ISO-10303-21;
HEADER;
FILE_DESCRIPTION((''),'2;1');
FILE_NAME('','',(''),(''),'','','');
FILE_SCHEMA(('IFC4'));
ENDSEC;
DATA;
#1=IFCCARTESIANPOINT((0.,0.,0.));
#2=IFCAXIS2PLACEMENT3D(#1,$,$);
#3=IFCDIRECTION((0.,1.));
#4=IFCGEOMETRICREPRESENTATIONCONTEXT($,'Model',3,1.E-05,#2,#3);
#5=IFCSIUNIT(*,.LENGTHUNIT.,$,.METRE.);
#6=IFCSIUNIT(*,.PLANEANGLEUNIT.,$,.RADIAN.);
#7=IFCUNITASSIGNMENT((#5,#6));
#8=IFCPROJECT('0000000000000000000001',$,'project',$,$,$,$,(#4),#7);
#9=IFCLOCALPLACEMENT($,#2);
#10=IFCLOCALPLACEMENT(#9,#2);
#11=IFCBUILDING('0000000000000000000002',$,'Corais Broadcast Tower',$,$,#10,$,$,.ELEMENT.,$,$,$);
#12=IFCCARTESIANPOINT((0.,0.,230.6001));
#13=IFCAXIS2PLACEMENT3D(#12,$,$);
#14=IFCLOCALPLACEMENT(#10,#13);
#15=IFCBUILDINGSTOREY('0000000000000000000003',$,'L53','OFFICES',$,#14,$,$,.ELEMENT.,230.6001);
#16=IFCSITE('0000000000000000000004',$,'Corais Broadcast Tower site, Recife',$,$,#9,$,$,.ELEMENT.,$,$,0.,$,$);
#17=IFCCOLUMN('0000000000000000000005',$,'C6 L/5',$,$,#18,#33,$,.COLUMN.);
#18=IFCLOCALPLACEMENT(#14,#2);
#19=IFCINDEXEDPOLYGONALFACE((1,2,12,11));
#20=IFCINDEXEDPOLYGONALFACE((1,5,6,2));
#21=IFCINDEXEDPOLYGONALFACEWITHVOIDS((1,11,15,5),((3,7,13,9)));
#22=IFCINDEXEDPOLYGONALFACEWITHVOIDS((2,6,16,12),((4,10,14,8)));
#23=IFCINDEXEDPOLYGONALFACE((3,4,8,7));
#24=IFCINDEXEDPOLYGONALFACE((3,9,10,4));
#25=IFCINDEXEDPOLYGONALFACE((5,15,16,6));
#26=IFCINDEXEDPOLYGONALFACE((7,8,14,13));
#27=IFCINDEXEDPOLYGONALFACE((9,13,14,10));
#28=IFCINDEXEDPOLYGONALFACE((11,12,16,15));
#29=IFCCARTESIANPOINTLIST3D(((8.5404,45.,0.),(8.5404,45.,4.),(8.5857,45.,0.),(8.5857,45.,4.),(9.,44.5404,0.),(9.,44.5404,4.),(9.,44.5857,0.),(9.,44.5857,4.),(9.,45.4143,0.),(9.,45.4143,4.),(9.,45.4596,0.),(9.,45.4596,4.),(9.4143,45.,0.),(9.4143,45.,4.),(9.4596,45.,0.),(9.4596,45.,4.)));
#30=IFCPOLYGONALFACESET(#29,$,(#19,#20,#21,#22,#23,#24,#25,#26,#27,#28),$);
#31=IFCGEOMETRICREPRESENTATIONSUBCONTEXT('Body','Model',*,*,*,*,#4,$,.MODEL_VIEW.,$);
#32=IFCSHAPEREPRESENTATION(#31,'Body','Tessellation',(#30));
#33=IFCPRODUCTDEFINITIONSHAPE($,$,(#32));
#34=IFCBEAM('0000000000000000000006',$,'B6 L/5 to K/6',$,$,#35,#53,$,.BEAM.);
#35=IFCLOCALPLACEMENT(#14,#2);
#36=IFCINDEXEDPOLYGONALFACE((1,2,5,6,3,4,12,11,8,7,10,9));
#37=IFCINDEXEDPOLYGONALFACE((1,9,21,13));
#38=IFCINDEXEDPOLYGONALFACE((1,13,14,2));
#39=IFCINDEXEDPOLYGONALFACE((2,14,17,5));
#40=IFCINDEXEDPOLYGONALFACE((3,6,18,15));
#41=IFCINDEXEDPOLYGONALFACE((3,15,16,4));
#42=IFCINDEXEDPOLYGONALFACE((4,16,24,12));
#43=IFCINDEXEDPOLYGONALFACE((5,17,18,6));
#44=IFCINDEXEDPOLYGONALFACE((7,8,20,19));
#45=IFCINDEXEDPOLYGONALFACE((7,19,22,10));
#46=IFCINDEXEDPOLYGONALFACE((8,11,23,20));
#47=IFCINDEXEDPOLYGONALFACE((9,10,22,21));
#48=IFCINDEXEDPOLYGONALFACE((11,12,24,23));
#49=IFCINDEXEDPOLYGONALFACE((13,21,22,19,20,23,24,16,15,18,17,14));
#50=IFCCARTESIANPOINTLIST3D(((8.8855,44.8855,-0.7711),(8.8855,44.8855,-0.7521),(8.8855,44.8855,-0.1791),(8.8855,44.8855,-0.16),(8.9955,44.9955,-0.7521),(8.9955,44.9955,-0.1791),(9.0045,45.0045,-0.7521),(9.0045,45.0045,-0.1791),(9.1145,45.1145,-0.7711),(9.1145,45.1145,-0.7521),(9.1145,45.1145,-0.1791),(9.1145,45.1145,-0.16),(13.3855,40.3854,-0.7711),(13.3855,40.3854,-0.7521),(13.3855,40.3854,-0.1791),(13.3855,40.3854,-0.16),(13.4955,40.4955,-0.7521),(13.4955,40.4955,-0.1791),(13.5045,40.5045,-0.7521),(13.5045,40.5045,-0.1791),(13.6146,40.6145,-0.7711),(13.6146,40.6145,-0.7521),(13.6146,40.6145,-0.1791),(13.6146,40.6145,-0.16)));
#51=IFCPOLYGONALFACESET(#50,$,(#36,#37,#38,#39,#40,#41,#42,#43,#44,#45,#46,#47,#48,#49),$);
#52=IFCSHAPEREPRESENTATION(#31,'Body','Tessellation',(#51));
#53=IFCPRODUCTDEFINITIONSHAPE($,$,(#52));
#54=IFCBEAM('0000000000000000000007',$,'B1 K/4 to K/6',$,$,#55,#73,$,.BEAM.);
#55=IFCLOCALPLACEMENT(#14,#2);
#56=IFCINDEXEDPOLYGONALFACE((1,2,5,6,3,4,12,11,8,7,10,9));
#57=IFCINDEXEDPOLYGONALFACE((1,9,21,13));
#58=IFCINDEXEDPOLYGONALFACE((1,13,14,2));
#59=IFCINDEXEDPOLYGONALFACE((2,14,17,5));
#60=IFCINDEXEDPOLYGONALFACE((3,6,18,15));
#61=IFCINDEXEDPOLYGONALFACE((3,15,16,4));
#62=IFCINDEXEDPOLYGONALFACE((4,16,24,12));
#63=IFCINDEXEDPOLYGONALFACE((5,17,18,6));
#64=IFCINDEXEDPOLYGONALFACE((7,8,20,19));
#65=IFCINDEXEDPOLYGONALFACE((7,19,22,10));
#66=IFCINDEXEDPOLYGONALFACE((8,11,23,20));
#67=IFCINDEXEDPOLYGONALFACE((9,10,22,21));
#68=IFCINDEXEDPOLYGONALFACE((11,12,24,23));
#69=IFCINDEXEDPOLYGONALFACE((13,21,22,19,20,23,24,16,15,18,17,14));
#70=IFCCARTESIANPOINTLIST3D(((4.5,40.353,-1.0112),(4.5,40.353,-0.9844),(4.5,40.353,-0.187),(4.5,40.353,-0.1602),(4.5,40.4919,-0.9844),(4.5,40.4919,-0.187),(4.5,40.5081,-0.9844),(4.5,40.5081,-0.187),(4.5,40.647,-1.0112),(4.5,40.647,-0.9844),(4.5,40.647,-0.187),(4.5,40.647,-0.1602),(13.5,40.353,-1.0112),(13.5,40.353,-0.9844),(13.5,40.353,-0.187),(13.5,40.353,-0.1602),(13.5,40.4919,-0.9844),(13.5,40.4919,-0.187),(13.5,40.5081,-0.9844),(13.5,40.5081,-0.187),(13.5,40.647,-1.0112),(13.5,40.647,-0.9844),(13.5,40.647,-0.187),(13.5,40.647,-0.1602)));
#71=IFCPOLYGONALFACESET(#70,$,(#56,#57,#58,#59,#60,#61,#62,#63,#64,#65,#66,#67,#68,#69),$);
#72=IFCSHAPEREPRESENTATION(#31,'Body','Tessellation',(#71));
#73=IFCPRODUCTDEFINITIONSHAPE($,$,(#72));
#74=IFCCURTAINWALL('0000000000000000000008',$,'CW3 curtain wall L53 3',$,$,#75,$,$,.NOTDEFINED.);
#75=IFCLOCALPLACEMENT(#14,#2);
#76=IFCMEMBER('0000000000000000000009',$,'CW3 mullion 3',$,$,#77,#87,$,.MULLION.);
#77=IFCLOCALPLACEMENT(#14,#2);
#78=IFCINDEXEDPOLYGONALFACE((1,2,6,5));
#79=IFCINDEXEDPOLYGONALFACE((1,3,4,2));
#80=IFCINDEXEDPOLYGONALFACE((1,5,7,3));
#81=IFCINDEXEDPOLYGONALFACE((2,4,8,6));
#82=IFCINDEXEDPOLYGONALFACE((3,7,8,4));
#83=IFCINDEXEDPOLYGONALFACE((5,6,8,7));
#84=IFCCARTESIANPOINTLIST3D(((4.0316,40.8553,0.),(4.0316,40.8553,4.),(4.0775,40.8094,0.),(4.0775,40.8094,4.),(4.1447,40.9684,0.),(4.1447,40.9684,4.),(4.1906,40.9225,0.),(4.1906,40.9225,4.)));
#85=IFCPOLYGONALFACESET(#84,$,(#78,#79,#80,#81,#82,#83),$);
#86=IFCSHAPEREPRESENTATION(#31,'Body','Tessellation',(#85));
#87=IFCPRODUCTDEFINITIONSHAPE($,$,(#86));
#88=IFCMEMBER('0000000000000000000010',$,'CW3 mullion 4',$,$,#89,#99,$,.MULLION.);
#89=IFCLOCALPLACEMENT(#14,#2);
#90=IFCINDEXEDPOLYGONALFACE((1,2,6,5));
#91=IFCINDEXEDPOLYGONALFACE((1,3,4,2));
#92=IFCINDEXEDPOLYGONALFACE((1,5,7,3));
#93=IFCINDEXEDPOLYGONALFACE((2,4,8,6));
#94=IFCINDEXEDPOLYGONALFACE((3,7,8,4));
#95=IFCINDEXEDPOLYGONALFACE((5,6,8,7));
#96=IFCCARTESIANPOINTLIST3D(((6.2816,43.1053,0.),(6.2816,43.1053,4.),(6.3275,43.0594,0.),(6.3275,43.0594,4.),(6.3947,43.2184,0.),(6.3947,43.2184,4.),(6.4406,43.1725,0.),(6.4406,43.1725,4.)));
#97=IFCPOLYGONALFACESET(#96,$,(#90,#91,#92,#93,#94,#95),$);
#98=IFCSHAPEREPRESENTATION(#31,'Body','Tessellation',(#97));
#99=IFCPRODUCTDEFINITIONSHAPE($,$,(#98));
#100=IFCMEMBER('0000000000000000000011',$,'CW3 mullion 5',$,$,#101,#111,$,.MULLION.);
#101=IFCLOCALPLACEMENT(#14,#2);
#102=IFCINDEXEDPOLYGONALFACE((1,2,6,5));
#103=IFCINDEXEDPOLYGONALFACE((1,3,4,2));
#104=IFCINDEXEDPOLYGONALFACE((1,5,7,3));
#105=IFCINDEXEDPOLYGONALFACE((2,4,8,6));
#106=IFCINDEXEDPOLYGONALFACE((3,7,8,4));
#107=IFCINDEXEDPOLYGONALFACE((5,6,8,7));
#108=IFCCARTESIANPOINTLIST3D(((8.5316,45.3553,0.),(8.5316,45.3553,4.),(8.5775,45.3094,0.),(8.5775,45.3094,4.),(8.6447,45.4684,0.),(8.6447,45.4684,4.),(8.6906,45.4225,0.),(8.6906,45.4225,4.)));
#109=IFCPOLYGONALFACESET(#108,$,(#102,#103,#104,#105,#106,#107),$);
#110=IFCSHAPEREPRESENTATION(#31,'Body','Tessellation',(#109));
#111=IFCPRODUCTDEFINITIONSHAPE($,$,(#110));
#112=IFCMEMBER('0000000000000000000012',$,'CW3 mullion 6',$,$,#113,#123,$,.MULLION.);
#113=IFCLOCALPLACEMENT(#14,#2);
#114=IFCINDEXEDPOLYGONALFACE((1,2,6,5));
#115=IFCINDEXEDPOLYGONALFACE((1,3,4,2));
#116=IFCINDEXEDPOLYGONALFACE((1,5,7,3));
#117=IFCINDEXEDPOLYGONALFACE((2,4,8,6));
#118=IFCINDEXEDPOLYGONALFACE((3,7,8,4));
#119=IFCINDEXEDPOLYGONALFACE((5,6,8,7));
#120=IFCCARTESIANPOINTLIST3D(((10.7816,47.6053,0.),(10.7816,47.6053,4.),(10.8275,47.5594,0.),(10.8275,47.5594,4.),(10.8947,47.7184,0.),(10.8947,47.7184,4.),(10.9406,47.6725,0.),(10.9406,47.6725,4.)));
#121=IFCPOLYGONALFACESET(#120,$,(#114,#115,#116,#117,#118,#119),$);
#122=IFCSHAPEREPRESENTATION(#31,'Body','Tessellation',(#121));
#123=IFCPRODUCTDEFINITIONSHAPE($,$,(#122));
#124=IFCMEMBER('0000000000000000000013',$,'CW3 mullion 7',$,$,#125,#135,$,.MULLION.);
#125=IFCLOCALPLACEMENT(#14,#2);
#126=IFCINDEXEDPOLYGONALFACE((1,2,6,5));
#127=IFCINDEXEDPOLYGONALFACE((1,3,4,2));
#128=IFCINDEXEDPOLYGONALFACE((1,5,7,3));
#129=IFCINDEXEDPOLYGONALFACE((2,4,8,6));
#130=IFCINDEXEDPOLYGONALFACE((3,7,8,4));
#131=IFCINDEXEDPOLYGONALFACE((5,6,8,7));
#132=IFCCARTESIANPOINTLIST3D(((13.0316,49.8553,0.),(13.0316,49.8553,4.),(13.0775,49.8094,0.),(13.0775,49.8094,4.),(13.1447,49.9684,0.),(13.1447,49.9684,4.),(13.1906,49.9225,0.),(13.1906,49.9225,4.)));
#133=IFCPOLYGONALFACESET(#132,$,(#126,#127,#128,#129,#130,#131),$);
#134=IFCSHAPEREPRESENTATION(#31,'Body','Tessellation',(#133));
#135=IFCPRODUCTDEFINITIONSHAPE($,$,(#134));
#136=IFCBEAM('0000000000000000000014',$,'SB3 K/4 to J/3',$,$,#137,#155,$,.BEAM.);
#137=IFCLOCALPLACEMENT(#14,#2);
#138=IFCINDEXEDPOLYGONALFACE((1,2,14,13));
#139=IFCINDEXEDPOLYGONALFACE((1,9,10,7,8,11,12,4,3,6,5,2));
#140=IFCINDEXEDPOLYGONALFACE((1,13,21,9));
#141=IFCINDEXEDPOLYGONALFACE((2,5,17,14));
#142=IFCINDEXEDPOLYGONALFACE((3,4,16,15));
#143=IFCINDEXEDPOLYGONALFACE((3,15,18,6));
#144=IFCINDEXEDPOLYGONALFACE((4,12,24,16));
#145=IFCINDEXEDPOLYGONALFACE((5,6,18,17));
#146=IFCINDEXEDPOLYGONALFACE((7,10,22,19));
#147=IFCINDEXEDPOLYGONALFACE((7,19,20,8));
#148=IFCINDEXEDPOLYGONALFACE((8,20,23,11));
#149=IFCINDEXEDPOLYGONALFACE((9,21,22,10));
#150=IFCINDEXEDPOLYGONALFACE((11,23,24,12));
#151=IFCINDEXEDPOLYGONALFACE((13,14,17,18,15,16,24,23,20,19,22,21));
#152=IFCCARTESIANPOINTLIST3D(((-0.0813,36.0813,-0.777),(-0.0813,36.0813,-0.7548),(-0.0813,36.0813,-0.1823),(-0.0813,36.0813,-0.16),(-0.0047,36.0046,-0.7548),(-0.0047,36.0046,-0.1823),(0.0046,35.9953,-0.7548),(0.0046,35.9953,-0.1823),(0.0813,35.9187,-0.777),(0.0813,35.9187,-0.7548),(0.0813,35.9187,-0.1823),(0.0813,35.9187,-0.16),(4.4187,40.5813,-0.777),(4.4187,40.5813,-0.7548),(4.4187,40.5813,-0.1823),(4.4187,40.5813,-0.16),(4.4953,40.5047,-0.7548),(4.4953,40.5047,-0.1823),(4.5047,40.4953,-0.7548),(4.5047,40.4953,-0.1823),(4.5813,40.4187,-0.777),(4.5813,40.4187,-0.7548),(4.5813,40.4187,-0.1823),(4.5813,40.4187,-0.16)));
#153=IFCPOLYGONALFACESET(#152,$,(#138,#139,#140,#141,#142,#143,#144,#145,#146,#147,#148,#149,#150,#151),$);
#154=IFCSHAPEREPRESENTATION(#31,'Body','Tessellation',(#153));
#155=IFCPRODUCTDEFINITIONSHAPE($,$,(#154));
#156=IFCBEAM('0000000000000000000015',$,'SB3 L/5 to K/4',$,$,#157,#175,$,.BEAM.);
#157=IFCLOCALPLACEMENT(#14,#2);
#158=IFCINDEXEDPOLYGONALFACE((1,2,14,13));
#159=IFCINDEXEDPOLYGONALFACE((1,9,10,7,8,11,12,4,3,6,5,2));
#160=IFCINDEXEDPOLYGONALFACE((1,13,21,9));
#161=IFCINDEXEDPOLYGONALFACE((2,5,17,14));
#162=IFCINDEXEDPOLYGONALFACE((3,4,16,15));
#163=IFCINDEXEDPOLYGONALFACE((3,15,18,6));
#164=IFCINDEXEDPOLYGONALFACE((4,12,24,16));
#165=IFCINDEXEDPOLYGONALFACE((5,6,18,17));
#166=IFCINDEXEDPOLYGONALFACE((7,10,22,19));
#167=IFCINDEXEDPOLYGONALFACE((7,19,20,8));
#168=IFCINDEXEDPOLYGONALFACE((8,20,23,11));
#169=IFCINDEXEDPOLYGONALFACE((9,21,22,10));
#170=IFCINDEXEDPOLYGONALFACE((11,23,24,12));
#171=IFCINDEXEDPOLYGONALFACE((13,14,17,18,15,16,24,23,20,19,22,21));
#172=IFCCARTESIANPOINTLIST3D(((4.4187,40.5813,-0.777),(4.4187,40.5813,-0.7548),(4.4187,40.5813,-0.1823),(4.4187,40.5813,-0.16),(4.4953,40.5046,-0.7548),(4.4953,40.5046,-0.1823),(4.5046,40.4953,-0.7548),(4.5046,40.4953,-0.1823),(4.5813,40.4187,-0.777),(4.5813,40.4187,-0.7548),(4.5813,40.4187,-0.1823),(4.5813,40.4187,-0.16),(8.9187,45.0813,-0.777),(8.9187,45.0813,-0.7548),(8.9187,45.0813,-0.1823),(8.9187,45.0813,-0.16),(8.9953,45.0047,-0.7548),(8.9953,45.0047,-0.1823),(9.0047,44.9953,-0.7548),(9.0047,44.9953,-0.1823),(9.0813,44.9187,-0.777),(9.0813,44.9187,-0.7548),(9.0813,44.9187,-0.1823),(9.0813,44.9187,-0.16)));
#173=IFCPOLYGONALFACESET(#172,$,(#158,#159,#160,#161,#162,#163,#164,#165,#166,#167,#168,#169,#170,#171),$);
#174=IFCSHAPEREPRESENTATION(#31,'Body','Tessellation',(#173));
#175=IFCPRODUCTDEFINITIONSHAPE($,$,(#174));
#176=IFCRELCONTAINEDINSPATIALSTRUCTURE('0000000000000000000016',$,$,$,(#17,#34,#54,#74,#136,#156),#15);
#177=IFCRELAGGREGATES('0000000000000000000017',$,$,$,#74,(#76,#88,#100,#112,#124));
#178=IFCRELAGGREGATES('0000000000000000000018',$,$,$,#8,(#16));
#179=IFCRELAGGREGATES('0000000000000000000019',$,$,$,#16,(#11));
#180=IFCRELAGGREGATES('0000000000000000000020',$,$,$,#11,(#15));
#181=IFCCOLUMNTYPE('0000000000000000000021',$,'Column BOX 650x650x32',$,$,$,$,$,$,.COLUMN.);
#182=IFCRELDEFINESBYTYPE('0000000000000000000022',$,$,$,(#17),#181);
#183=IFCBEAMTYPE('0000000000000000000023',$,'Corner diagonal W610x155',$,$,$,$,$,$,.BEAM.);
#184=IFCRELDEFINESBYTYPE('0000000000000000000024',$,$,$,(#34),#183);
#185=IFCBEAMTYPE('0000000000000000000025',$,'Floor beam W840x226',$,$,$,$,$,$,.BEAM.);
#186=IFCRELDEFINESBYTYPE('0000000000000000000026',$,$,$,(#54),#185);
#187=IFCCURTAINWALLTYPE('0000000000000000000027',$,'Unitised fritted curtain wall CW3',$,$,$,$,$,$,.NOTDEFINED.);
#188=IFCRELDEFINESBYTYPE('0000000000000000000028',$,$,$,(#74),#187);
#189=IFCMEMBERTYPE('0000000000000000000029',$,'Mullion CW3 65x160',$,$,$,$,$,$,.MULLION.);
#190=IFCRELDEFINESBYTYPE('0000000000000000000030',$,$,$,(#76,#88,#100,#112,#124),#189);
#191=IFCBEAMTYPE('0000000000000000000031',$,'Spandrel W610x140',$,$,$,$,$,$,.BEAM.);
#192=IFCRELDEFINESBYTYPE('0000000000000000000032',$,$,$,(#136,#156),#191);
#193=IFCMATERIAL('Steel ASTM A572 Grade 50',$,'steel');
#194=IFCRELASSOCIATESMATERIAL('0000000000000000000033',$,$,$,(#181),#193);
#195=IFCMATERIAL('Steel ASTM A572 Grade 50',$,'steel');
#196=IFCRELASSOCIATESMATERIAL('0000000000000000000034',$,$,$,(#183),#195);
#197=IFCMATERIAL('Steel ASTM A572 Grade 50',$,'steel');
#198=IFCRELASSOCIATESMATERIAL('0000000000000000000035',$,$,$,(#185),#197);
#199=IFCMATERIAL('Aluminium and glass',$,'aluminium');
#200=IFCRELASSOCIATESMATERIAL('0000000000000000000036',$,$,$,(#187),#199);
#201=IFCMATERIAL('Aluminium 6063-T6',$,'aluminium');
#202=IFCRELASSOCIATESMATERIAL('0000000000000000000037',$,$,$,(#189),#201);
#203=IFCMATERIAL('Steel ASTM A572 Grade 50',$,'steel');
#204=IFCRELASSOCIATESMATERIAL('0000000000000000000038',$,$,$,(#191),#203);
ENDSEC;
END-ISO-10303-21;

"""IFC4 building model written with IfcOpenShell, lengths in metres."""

from ifc_helpers import new_model, si_unit, direction, frame, origin, origin_2d, place, context, subcontext, project, spatial, rectangle, hollow_rectangle, i_section, extrude, material, material_profile, profile_set, type_object, element, aggregate, save


model = new_model("IFC4")

# Units and contexts
model_context = context("Model", 3, precision=1e-05, world=origin(), true_north=direction((0.0, 1.0)))
body_context = subcontext(model_context, "Body", "Model", "MODEL_VIEW")
ifc_project = project(units=[si_unit("LENGTHUNIT", "METRE"), si_unit("PLANEANGLEUNIT", "RADIAN")], contexts=[model_context])

# Site, building, storey
site_placement = place(None, origin())
site = spatial("IfcSite", under=ifc_project, at=site_placement, Name="Corais Broadcast Tower site, Recife", CompositionType="ELEMENT", RefElevation=0.0)
building_placement = place(site_placement, origin())
building = spatial("IfcBuilding", under=site, at=building_placement, Name="Corais Broadcast Tower", CompositionType="ELEMENT")
storey_placement = place(building_placement, frame((0.0, 0.0, 230.6001)))
storey = spatial("IfcBuildingStorey", under=building, at=storey_placement, Name="L53", Description="OFFICES", CompositionType="ELEMENT", Elevation=230.6001)

# Column
ifc_material_1 = material(Name="Steel ASTM A572 Grade 50", Category="steel")
ifc_material_profile_1 = material_profile(ifc_material_1, hollow_rectangle(XDim=0.6499, YDim=0.6499, WallThickness=0.032, at=origin_2d()), Name="BOX 650x650x32")
ifc_profile_set_1 = profile_set([ifc_material_profile_1], Name="Steel ASTM A572 Grade 50")
column_type = type_object("IfcColumnType", Name="Column BOX 650x650x32", PredefinedType="COLUMN", material=ifc_profile_set_1)
column_placement = place(storey_placement, frame((9.0, 45.0, 0.0), z_axis=(0.0, 0.0, 1.0), x_axis=(0.707107, 0.707107, 0.0)))
element("IfcColumn", 1, at=column_placement, inside=storey, type_object=column_type, Name="C6 L/5", PredefinedType="COLUMN", context=body_context, shape_type="SweptSolid", body=[
    extrude(hollow_rectangle(XDim=0.6499, YDim=0.6499, WallThickness=0.032, at=origin_2d()), origin(), (0.0, 0.0, 1.0), 4.0),
])

# Beams
ifc_material_2 = material(Name="Steel ASTM A572 Grade 50", Category="steel")
ifc_material_profile_2 = material_profile(ifc_material_2, i_section(OverallWidth=0.324, OverallDepth=0.6111, WebThickness=0.0127, FlangeThickness=0.019, at=origin_2d()), Name="W610x155")
ifc_profile_set_2 = profile_set([ifc_material_profile_2], Name="Steel ASTM A572 Grade 50")
beam_type_1 = type_object("IfcBeamType", Name="Corner diagonal W610x155", PredefinedType="BEAM", material=ifc_profile_set_2)
beam_1_placement = place(storey_placement, frame((9.0, 45.0, -0.4656), z_axis=(0.707107, -0.707107, 0.0), x_axis=(0.707107, 0.707107, 0.0)))
element("IfcBeam", 2, at=beam_1_placement, inside=storey, type_object=beam_type_1, Name="B6 L/5 to K/6", PredefinedType="BEAM", context=body_context, shape_type="SweptSolid", body=[
    extrude(i_section(OverallWidth=0.324, OverallDepth=0.6111, WebThickness=0.0127, FlangeThickness=0.019, at=origin_2d()), origin(), (0.0, 0.0, 1.0), 6.364),
])
ifc_material_3 = material(Name="Steel ASTM A572 Grade 50", Category="steel")
ifc_material_profile_3 = material_profile(ifc_material_3, i_section(OverallWidth=0.2939, OverallDepth=0.8511, WebThickness=0.0161, FlangeThickness=0.0269, at=origin_2d()), Name="W840x226")
ifc_profile_set_3 = profile_set([ifc_material_profile_3], Name="Steel ASTM A572 Grade 50")
beam_type_2 = type_object("IfcBeamType", Name="Floor beam W840x226", PredefinedType="BEAM", material=ifc_profile_set_3)
beam_2_placement = place(storey_placement, frame((4.5, 40.5, -0.5857), z_axis=(1.0, 0.0, 0.0), x_axis=(0.0, 1.0, 0.0)))
element("IfcBeam", 3, at=beam_2_placement, inside=storey, type_object=beam_type_2, Name="B1 K/4 to K/6", PredefinedType="BEAM", context=body_context, shape_type="SweptSolid", body=[
    extrude(i_section(OverallWidth=0.2939, OverallDepth=0.8511, WebThickness=0.0161, FlangeThickness=0.0269, at=origin_2d()), origin(), (0.0, 0.0, 1.0), 9.0),
])

# Curtain wall, members
ifc_material_4 = material(Name="Aluminium and glass", Category="aluminium")
curtain_wall_type = type_object("IfcCurtainWallType", Name="Unitised fritted curtain wall CW3", PredefinedType="NOTDEFINED", material=ifc_material_4)
curtain_wall_placement = place(storey_placement, origin())
curtain_wall = element("IfcCurtainWall", 4, at=curtain_wall_placement, inside=storey, type_object=curtain_wall_type, Name="CW3 curtain wall L53 3", PredefinedType="NOTDEFINED")
ifc_material_5 = material(Name="Aluminium 6063-T6", Category="aluminium")
ifc_material_profile_4 = material_profile(ifc_material_5, rectangle(XDim=0.0649, YDim=0.1599, at=origin_2d()), Name="Mullion CW3 65x160")
ifc_profile_set_4 = profile_set([ifc_material_profile_4], Name="Aluminium 6063-T6")
member_type_1 = type_object("IfcMemberType", Name="Mullion CW3 65x160", PredefinedType="MULLION", material=ifc_profile_set_4)
member_1_placement = place(storey_placement, frame((4.1111, 40.8889, 0.0), z_axis=(0.0, 0.0, 1.0), x_axis=(-0.707107, 0.707107, 0.0)))
member_1 = element("IfcMember", 5, at=member_1_placement, type_object=member_type_1, Name="CW3 mullion 3", PredefinedType="MULLION", context=body_context, shape_type="SweptSolid", body=[
    extrude(rectangle(XDim=0.0649, YDim=0.1599, at=origin_2d()), origin(), (0.0, 0.0, 1.0), 4.0),
])
member_2_placement = place(storey_placement, frame((6.3611, 43.1389, 0.0), z_axis=(0.0, 0.0, 1.0), x_axis=(-0.707107, 0.707107, 0.0)))
member_2 = element("IfcMember", 6, at=member_2_placement, type_object=member_type_1, Name="CW3 mullion 4", PredefinedType="MULLION", context=body_context, shape_type="SweptSolid", body=[
    extrude(rectangle(XDim=0.0649, YDim=0.1599, at=origin_2d()), origin(), (0.0, 0.0, 1.0), 4.0),
])
member_3_placement = place(storey_placement, frame((8.6111, 45.3889, 0.0), z_axis=(0.0, 0.0, 1.0), x_axis=(-0.707107, 0.707107, 0.0)))
member_3 = element("IfcMember", 7, at=member_3_placement, type_object=member_type_1, Name="CW3 mullion 5", PredefinedType="MULLION", context=body_context, shape_type="SweptSolid", body=[
    extrude(rectangle(XDim=0.0649, YDim=0.1599, at=origin_2d()), origin(), (0.0, 0.0, 1.0), 4.0),
])
member_4_placement = place(storey_placement, frame((10.8611, 47.6389, 0.0), z_axis=(0.0, 0.0, 1.0), x_axis=(-0.707107, 0.707107, 0.0)))
member_4 = element("IfcMember", 8, at=member_4_placement, type_object=member_type_1, Name="CW3 mullion 6", PredefinedType="MULLION", context=body_context, shape_type="SweptSolid", body=[
    extrude(rectangle(XDim=0.0649, YDim=0.1599, at=origin_2d()), origin(), (0.0, 0.0, 1.0), 4.0),
])
member_5_placement = place(storey_placement, frame((13.1111, 49.8889, 0.0), z_axis=(0.0, 0.0, 1.0), x_axis=(-0.707107, 0.707107, 0.0)))
member_5 = element("IfcMember", 9, at=member_5_placement, type_object=member_type_1, Name="CW3 mullion 7", PredefinedType="MULLION", context=body_context, shape_type="SweptSolid", body=[
    extrude(rectangle(XDim=0.0649, YDim=0.1599, at=origin_2d()), origin(), (0.0, 0.0, 1.0), 4.0),
])

# Beams
ifc_material_6 = material(Name="Steel ASTM A572 Grade 50", Category="steel")
ifc_material_profile_5 = material_profile(ifc_material_6, i_section(OverallWidth=0.23, OverallDepth=0.6169, WebThickness=0.0132, FlangeThickness=0.0222, at=origin_2d()), Name="W610x140")
ifc_profile_set_5 = profile_set([ifc_material_profile_5], Name="Steel ASTM A572 Grade 50")
beam_type_3 = type_object("IfcBeamType", Name="Spandrel W610x140", PredefinedType="BEAM", material=ifc_profile_set_5)
for number, where, z_axis, x_axis, name in (
    (10, (4.5, 40.5, -0.4685), (-0.707107, -0.707107, 0.0), (0.707107, -0.707107, 0.0), "SB3 K/4 to J/3"),
    (11, (9.0, 45.0, -0.4685), (-0.707107, -0.707107, 0.0), (0.707107, -0.707107, 0.0), "SB3 L/5 to K/4"),
):
    element("IfcBeam", number, at=place(storey_placement, frame(where, z_axis=z_axis, x_axis=x_axis)), inside=storey, type_object=beam_type_3, Name=name, PredefinedType="BEAM", context=body_context, shape_type="SweptSolid", body=[
        extrude(i_section(OverallWidth=0.23, OverallDepth=0.6169, WebThickness=0.0132, FlangeThickness=0.0222, at=origin_2d()), origin(), (0.0, 0.0, 1.0), 6.364),
    ])

aggregate(curtain_wall, [member_1, member_2, member_3, member_4, member_5])

save(model, "model.ifc")
